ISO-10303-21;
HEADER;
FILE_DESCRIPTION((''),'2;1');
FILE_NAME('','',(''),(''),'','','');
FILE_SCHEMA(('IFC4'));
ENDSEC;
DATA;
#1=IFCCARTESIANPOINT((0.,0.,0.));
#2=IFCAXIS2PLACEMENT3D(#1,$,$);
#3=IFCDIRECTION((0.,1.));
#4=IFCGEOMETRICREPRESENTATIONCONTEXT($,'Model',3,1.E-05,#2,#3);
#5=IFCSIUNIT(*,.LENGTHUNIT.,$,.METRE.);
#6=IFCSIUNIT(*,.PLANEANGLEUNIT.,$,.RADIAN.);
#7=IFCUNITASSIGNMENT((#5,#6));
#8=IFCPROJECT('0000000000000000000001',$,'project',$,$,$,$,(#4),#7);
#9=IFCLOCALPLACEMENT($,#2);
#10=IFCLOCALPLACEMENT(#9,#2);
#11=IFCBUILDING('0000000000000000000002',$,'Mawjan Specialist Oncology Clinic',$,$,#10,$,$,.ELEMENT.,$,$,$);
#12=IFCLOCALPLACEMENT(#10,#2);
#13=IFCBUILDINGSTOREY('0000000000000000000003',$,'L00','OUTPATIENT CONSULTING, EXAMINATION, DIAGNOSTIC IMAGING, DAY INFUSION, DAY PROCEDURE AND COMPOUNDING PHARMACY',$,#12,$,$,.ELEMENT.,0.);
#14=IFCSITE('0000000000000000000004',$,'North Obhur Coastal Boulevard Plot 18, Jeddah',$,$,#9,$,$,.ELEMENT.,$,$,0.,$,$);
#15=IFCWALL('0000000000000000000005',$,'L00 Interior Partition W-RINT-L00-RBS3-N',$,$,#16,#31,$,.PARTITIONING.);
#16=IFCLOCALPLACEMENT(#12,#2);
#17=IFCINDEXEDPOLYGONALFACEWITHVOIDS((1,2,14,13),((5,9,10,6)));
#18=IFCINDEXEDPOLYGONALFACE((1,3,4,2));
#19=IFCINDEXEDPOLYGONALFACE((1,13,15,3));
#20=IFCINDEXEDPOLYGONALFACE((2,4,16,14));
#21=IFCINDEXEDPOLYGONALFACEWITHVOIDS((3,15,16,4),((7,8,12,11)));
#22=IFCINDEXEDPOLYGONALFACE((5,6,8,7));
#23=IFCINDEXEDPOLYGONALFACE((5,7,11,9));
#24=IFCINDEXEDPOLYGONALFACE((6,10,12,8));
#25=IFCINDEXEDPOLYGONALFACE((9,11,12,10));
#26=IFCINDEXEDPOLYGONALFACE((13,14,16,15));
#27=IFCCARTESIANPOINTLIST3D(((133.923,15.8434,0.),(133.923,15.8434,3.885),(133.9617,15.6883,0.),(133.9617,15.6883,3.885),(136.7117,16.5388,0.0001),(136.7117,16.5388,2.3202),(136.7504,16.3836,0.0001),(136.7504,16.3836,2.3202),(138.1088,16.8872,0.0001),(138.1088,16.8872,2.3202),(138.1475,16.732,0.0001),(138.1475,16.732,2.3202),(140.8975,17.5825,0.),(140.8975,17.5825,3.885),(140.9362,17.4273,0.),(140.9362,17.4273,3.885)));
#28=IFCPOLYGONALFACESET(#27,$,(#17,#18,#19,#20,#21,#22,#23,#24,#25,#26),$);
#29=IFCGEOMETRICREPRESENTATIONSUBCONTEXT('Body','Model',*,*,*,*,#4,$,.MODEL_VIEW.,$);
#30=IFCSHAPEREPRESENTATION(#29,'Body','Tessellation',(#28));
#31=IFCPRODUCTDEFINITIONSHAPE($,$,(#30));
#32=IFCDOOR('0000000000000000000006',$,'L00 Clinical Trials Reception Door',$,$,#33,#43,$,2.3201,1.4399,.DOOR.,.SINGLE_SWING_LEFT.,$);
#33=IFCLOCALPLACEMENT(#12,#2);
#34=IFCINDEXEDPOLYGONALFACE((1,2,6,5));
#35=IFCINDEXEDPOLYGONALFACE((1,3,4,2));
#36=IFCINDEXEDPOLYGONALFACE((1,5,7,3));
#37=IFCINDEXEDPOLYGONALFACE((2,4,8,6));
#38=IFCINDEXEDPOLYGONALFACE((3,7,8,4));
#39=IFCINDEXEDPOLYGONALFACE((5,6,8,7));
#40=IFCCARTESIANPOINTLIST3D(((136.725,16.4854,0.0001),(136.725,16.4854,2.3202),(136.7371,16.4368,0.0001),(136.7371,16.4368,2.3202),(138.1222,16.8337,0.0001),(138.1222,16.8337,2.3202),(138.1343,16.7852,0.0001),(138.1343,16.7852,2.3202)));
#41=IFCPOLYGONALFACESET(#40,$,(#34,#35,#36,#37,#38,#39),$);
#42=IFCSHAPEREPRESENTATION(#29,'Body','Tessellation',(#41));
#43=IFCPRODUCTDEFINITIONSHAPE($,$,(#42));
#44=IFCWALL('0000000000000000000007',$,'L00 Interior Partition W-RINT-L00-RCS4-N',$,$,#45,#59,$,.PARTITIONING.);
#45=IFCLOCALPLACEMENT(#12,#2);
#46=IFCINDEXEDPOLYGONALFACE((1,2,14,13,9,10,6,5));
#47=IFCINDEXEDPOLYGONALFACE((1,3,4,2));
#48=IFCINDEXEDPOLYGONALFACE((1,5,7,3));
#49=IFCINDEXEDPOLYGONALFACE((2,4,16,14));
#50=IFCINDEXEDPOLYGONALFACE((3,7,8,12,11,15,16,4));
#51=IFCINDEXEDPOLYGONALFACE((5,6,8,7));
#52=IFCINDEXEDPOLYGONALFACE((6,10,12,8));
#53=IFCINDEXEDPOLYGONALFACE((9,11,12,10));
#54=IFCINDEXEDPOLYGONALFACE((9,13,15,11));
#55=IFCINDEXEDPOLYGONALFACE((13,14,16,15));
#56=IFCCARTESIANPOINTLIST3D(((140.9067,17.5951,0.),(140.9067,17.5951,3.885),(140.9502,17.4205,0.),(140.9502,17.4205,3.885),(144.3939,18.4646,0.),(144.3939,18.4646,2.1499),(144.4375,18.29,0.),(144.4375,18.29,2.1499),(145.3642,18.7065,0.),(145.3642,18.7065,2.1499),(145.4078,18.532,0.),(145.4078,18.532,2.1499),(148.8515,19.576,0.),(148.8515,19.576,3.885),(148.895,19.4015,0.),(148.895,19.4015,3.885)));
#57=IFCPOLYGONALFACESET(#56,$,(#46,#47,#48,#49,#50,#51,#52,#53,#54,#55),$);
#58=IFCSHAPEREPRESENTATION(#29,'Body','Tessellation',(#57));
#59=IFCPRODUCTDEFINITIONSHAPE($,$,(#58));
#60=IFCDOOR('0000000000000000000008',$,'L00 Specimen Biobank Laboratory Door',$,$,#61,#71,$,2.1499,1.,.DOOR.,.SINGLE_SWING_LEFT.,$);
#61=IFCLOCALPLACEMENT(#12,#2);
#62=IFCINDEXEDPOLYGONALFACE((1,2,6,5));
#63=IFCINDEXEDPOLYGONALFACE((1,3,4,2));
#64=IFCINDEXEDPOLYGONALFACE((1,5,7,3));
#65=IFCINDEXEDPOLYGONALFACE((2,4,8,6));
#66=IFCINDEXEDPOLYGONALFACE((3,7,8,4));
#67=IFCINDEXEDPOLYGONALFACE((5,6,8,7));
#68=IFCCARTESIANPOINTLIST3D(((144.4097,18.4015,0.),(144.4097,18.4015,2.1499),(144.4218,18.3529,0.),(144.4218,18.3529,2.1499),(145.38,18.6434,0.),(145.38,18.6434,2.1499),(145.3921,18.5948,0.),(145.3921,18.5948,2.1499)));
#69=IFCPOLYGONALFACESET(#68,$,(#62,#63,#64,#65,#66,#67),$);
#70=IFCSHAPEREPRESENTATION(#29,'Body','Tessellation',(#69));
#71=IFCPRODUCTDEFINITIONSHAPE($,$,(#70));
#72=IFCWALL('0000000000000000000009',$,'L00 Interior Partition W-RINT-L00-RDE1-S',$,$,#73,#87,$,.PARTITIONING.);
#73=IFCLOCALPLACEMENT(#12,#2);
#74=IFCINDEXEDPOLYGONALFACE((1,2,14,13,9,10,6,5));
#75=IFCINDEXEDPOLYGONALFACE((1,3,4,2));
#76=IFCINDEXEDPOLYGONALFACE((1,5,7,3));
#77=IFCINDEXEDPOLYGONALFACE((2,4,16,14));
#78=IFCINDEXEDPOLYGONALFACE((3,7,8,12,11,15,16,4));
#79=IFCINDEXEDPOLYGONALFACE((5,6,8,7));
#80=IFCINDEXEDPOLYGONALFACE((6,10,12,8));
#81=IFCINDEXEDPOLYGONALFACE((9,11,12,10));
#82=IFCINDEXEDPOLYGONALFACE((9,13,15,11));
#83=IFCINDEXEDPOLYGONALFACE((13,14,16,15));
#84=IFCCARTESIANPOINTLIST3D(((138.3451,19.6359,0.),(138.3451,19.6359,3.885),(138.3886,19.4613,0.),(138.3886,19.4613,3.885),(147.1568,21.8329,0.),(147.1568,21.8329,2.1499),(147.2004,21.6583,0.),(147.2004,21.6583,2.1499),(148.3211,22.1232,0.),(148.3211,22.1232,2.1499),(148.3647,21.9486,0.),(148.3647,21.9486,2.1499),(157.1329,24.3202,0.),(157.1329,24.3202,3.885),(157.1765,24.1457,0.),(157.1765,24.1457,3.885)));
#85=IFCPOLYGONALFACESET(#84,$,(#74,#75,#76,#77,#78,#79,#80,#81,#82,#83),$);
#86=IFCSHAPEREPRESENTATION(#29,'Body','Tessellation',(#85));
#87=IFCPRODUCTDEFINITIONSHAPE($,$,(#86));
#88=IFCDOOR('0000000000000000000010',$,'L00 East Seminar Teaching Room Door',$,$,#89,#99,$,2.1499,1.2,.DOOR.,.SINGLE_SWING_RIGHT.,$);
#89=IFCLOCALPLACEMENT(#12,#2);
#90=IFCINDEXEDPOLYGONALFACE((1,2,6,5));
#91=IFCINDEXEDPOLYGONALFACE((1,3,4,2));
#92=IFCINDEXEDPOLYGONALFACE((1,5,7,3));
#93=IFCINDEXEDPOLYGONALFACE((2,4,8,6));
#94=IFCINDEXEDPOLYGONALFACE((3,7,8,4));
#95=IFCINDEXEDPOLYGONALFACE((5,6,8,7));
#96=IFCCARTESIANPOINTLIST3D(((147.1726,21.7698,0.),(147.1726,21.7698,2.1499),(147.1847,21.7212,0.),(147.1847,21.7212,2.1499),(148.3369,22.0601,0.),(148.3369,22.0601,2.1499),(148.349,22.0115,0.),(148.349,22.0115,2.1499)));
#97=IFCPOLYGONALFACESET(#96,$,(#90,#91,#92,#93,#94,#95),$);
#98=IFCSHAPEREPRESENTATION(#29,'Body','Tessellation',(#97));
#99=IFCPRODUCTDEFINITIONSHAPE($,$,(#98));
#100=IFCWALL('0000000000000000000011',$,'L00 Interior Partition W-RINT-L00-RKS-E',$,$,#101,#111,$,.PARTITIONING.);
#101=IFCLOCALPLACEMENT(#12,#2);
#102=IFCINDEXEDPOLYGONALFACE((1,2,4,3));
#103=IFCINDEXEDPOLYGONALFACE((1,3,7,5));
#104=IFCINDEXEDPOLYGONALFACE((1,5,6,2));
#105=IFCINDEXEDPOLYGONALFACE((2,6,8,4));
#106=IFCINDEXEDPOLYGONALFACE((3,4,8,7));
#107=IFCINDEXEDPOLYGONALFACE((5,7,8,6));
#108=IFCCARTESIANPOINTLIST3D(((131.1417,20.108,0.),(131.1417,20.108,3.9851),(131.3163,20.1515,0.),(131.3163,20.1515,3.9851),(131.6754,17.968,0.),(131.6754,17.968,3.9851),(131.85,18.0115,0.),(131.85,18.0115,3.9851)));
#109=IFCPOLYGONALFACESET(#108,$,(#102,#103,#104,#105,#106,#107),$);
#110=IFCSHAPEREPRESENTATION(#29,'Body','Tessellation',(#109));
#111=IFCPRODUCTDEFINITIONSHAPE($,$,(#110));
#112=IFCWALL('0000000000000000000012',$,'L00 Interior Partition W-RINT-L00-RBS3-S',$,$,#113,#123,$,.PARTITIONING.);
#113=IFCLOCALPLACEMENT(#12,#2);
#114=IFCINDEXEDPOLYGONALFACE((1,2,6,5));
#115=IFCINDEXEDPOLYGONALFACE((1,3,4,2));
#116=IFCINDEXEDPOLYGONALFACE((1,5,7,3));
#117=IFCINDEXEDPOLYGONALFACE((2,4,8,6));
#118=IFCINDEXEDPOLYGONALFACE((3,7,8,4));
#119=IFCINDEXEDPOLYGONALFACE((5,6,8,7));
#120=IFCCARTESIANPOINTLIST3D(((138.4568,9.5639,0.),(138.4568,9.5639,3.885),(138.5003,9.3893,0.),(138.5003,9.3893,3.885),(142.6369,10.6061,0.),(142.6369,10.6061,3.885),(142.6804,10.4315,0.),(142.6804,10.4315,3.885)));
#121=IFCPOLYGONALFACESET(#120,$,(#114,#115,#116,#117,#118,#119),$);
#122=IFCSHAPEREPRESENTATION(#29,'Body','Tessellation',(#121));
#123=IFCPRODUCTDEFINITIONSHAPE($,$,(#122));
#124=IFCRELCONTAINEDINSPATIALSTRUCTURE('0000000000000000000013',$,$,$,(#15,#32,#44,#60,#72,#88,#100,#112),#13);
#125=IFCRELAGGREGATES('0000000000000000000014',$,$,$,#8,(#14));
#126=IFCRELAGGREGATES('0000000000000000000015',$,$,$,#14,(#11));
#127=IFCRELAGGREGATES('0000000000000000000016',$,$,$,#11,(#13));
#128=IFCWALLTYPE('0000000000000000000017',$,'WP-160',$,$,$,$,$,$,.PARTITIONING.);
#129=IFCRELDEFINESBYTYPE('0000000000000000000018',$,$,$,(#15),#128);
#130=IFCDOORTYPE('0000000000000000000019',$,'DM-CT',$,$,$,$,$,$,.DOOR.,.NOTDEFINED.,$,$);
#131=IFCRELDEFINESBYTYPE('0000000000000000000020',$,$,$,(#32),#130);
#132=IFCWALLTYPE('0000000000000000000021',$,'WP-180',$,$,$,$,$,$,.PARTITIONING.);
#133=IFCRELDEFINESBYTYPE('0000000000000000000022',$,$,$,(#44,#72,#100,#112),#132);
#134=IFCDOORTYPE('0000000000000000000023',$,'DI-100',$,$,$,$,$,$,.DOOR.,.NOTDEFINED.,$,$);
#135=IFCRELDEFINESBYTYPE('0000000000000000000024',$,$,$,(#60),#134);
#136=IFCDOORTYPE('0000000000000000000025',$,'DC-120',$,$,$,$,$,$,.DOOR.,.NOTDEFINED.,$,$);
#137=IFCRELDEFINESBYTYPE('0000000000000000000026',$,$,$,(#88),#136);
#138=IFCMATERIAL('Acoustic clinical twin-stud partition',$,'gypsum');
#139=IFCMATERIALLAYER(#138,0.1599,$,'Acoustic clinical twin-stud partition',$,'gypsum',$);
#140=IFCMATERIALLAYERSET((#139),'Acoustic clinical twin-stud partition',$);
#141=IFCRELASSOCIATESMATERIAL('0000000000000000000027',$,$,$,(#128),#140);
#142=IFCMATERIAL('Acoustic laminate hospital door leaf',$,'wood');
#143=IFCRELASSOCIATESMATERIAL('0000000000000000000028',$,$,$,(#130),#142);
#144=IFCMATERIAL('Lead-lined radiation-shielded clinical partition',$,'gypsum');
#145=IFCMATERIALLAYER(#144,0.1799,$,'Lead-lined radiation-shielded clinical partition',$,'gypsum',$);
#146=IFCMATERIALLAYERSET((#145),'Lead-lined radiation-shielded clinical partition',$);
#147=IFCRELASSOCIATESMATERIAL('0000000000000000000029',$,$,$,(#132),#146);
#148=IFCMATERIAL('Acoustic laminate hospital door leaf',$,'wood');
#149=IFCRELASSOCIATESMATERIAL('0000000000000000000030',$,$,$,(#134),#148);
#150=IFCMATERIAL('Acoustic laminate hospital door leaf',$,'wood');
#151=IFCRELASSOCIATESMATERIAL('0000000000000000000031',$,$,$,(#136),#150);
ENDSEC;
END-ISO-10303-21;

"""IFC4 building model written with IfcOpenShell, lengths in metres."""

from ifc_helpers import new_model, si_unit, direction, frame, frame_2d, origin, place, context, subcontext, project, spatial, rectangle, extrude, material, layer, layer_set, type_object, element, fill, save


model = new_model("IFC4")

# Units and contexts
model_context = context("Model", 3, precision=1e-05, world=origin(), true_north=direction((0.0, 1.0)))
body_context = subcontext(model_context, "Body", "Model", "MODEL_VIEW")
ifc_project = project(units=[si_unit("LENGTHUNIT", "METRE"), si_unit("PLANEANGLEUNIT", "RADIAN")], contexts=[model_context])

# Site, building, storey
site_placement = place(None, origin())
site = spatial("IfcSite", under=ifc_project, at=site_placement, Name="North Obhur Coastal Boulevard Plot 18, Jeddah", CompositionType="ELEMENT", RefElevation=0.0)
building_placement = place(site_placement, origin())
building = spatial("IfcBuilding", under=site, at=building_placement, Name="Mawjan Specialist Oncology Clinic", CompositionType="ELEMENT")
storey_placement = place(building_placement, origin())
storey = spatial("IfcBuildingStorey", under=building, at=storey_placement, Name="L00", Description="OUTPATIENT CONSULTING, EXAMINATION, DIAGNOSTIC IMAGING, DAY INFUSION, DAY PROCEDURE AND COMPOUNDING PHARMACY", CompositionType="ELEMENT", Elevation=0.0)

# Walls, openings, doors
ifc_material_1 = material(Name="Acoustic clinical twin-stud partition", Category="gypsum")
ifc_layer_1 = layer(ifc_material_1, 0.1599, Name="Acoustic clinical twin-stud partition", Category="gypsum")
ifc_layer_set_1 = layer_set([ifc_layer_1], Name="Acoustic clinical twin-stud partition")
wall_type_1 = type_object("IfcWallType", Name="WP-160", PredefinedType="PARTITIONING", material=ifc_layer_set_1)
wall_1_placement = place(storey_placement, frame((133.9424, 15.7659, 0.0), z_axis=(0.0, 0.0, 1.0), x_axis=(0.970292, 0.241936, 0.0)))
wall_1 = element("IfcWall", 1, at=wall_1_placement, inside=storey, type_object=wall_type_1, Name="L00 Interior Partition W-RINT-L00-RBS3-N", PredefinedType="PARTITIONING", context=body_context, shape_type="SweptSolid", body=[
    extrude(rectangle(XDim=7.188, YDim=0.1599, at=frame_2d((3.594, 0.0))), origin(), (0.0, 0.0, 1.0), 3.885),
])
opening_1_placement = place(wall_1_placement, frame((2.874, 0.0, 0.0)))
opening_1 = element("IfcOpeningElement", 2, at=opening_1_placement, cuts=wall_1, PredefinedType="OPENING", context=body_context, shape_type="SweptSolid", body=[
    extrude(rectangle(XDim=1.4399, YDim=2.3201, at=frame_2d((0.72, 1.1602))), frame((0.0, 0.092, 0.0), z_axis=(0.0, -1.0, 0.0), x_axis=(1.0, 0.0, 0.0)), (0.0, 0.0, 1.0), 0.1838),
])
ifc_material_2 = material(Name="Acoustic laminate hospital door leaf", Category="wood")
door_type_1 = type_object("IfcDoorType", Name="DM-CT", OperationType="NOTDEFINED", PredefinedType="DOOR", material=ifc_material_2)
door_1_placement = place(opening_1_placement, origin())
door_1 = element("IfcDoor", 3, at=door_1_placement, inside=storey, type_object=door_type_1, Name="L00 Clinical Trials Reception Door", OperationType="SINGLE_SWING_LEFT", OverallHeight=2.3201, OverallWidth=1.4399, PredefinedType="DOOR", context=body_context, shape_type="SweptSolid", body=[
    extrude(rectangle(XDim=1.4399, YDim=2.3201, at=frame_2d((0.72, 1.1602))), frame((0.0, 0.0249, 0.0), z_axis=(0.0, -1.0, 0.0), x_axis=(1.0, 0.0, 0.0)), (0.0, 0.0, 1.0), 0.05),
])
fill(opening_1, door_1)
ifc_material_3 = material(Name="Lead-lined radiation-shielded clinical partition", Category="gypsum")
ifc_layer_2 = layer(ifc_material_3, 0.1799, Name="Lead-lined radiation-shielded clinical partition", Category="gypsum")
ifc_layer_set_2 = layer_set([ifc_layer_2], Name="Lead-lined radiation-shielded clinical partition")
wall_type_2 = type_object("IfcWallType", Name="WP-180", PredefinedType="PARTITIONING", material=ifc_layer_set_2)
wall_2_placement = place(storey_placement, frame((140.9285, 17.5078, 0.0), z_axis=(0.0, 0.0, 1.0), x_axis=(0.970293, 0.241932, 0.0)))
wall_2 = element("IfcWall", 4, at=wall_2_placement, inside=storey, type_object=wall_type_2, Name="L00 Interior Partition W-RINT-L00-RCS4-N", PredefinedType="PARTITIONING", context=body_context, shape_type="SweptSolid", body=[
    extrude(rectangle(XDim=8.188, YDim=0.1799, at=frame_2d((4.094, 0.0))), origin(), (0.0, 0.0, 1.0), 3.885),
])
opening_2_placement = place(wall_2_placement, frame((3.594, 0.0, 0.0)))
opening_2 = element("IfcOpeningElement", 5, at=opening_2_placement, cuts=wall_2, PredefinedType="OPENING", context=body_context, shape_type="SweptSolid", body=[
    extrude(rectangle(XDim=1.0, YDim=2.1499, at=frame_2d((0.5, 1.075))), frame((0.0, 0.1021, 0.0), z_axis=(0.0, -1.0, 0.0), x_axis=(1.0, 0.0, 0.0)), (0.0, 0.0, 1.0), 0.2039),
])
ifc_material_4 = material(Name="Acoustic laminate hospital door leaf", Category="wood")
door_type_2 = type_object("IfcDoorType", Name="DI-100", OperationType="NOTDEFINED", PredefinedType="DOOR", material=ifc_material_4)
door_2_placement = place(opening_2_placement, origin())
door_2 = element("IfcDoor", 6, at=door_2_placement, inside=storey, type_object=door_type_2, Name="L00 Specimen Biobank Laboratory Door", OperationType="SINGLE_SWING_LEFT", OverallHeight=2.1499, OverallWidth=1.0, PredefinedType="DOOR", context=body_context, shape_type="SweptSolid", body=[
    extrude(rectangle(XDim=1.0, YDim=2.1499, at=frame_2d((0.5, 1.075))), frame((0.0, 0.0249, 0.0), z_axis=(0.0, -1.0, 0.0), x_axis=(1.0, 0.0, 0.0)), (0.0, 0.0, 1.0), 0.05),
])
fill(opening_2, door_2)
wall_3_placement = place(storey_placement, frame((138.3667, 19.5486, 0.0), z_axis=(0.0, 0.0, 1.0), x_axis=(0.970296, 0.241921, 0.0)))
wall_3 = element("IfcWall", 7, at=wall_3_placement, inside=storey, type_object=wall_type_2, Name="L00 Interior Partition W-RINT-L00-RDE1-S", PredefinedType="PARTITIONING", context=body_context, shape_type="SweptSolid", body=[
    extrude(rectangle(XDim=19.363, YDim=0.1799, at=frame_2d((9.6816, 0.0))), origin(), (0.0, 0.0, 1.0), 3.885),
])
opening_3_placement = place(wall_3_placement, frame((9.0815, 0.0, 0.0)))
opening_3 = element("IfcOpeningElement", 8, at=opening_3_placement, cuts=wall_3, PredefinedType="OPENING", context=body_context, shape_type="SweptSolid", body=[
    extrude(rectangle(XDim=1.2, YDim=2.1499, at=frame_2d((0.6001, 1.075))), frame((0.0, 0.1021, 0.0), z_axis=(0.0, -1.0, 0.0), x_axis=(1.0, 0.0, 0.0)), (0.0, 0.0, 1.0), 0.2039),
])
ifc_material_5 = material(Name="Acoustic laminate hospital door leaf", Category="wood")
door_type_3 = type_object("IfcDoorType", Name="DC-120", OperationType="NOTDEFINED", PredefinedType="DOOR", material=ifc_material_5)
door_3_placement = place(opening_3_placement, origin())
door_3 = element("IfcDoor", 9, at=door_3_placement, inside=storey, type_object=door_type_3, Name="L00 East Seminar Teaching Room Door", OperationType="SINGLE_SWING_RIGHT", OverallHeight=2.1499, OverallWidth=1.2, PredefinedType="DOOR", context=body_context, shape_type="SweptSolid", body=[
    extrude(rectangle(XDim=1.2, YDim=2.1499, at=frame_2d((0.6001, 1.075))), frame((0.0, 0.0249, 0.0), z_axis=(0.0, -1.0, 0.0), x_axis=(1.0, 0.0, 0.0)), (0.0, 0.0, 1.0), 0.05),
])
fill(opening_3, door_3)

# Walls
wall_4_placement = place(storey_placement, frame((131.7627, 17.9897, 0.0), z_axis=(0.0, 0.0, 1.0), x_axis=(-0.241963, 0.970286, 0.0)))
element("IfcWall", 10, at=wall_4_placement, inside=storey, type_object=wall_type_2, Name="L00 Interior Partition W-RINT-L00-RKS-E", PredefinedType="PARTITIONING", context=body_context, shape_type="SweptSolid", body=[
    extrude(rectangle(XDim=2.2056, YDim=0.1799, at=frame_2d((1.1028, 0.0))), origin(), (0.0, 0.0, 1.0), 3.9851),
])
wall_5_placement = place(storey_placement, frame((138.4785, 9.4766, 0.0), z_axis=(0.0, 0.0, 1.0), x_axis=(0.970296, 0.241922, 0.0)))
element("IfcWall", 11, at=wall_5_placement, inside=storey, type_object=wall_type_2, Name="L00 Interior Partition W-RINT-L00-RBS3-S", PredefinedType="PARTITIONING", context=body_context, shape_type="SweptSolid", body=[
    extrude(rectangle(XDim=4.3081, YDim=0.1799, at=frame_2d((2.1541, 0.0))), origin(), (0.0, 0.0, 1.0), 3.885),
])

save(model, "model.ifc")
